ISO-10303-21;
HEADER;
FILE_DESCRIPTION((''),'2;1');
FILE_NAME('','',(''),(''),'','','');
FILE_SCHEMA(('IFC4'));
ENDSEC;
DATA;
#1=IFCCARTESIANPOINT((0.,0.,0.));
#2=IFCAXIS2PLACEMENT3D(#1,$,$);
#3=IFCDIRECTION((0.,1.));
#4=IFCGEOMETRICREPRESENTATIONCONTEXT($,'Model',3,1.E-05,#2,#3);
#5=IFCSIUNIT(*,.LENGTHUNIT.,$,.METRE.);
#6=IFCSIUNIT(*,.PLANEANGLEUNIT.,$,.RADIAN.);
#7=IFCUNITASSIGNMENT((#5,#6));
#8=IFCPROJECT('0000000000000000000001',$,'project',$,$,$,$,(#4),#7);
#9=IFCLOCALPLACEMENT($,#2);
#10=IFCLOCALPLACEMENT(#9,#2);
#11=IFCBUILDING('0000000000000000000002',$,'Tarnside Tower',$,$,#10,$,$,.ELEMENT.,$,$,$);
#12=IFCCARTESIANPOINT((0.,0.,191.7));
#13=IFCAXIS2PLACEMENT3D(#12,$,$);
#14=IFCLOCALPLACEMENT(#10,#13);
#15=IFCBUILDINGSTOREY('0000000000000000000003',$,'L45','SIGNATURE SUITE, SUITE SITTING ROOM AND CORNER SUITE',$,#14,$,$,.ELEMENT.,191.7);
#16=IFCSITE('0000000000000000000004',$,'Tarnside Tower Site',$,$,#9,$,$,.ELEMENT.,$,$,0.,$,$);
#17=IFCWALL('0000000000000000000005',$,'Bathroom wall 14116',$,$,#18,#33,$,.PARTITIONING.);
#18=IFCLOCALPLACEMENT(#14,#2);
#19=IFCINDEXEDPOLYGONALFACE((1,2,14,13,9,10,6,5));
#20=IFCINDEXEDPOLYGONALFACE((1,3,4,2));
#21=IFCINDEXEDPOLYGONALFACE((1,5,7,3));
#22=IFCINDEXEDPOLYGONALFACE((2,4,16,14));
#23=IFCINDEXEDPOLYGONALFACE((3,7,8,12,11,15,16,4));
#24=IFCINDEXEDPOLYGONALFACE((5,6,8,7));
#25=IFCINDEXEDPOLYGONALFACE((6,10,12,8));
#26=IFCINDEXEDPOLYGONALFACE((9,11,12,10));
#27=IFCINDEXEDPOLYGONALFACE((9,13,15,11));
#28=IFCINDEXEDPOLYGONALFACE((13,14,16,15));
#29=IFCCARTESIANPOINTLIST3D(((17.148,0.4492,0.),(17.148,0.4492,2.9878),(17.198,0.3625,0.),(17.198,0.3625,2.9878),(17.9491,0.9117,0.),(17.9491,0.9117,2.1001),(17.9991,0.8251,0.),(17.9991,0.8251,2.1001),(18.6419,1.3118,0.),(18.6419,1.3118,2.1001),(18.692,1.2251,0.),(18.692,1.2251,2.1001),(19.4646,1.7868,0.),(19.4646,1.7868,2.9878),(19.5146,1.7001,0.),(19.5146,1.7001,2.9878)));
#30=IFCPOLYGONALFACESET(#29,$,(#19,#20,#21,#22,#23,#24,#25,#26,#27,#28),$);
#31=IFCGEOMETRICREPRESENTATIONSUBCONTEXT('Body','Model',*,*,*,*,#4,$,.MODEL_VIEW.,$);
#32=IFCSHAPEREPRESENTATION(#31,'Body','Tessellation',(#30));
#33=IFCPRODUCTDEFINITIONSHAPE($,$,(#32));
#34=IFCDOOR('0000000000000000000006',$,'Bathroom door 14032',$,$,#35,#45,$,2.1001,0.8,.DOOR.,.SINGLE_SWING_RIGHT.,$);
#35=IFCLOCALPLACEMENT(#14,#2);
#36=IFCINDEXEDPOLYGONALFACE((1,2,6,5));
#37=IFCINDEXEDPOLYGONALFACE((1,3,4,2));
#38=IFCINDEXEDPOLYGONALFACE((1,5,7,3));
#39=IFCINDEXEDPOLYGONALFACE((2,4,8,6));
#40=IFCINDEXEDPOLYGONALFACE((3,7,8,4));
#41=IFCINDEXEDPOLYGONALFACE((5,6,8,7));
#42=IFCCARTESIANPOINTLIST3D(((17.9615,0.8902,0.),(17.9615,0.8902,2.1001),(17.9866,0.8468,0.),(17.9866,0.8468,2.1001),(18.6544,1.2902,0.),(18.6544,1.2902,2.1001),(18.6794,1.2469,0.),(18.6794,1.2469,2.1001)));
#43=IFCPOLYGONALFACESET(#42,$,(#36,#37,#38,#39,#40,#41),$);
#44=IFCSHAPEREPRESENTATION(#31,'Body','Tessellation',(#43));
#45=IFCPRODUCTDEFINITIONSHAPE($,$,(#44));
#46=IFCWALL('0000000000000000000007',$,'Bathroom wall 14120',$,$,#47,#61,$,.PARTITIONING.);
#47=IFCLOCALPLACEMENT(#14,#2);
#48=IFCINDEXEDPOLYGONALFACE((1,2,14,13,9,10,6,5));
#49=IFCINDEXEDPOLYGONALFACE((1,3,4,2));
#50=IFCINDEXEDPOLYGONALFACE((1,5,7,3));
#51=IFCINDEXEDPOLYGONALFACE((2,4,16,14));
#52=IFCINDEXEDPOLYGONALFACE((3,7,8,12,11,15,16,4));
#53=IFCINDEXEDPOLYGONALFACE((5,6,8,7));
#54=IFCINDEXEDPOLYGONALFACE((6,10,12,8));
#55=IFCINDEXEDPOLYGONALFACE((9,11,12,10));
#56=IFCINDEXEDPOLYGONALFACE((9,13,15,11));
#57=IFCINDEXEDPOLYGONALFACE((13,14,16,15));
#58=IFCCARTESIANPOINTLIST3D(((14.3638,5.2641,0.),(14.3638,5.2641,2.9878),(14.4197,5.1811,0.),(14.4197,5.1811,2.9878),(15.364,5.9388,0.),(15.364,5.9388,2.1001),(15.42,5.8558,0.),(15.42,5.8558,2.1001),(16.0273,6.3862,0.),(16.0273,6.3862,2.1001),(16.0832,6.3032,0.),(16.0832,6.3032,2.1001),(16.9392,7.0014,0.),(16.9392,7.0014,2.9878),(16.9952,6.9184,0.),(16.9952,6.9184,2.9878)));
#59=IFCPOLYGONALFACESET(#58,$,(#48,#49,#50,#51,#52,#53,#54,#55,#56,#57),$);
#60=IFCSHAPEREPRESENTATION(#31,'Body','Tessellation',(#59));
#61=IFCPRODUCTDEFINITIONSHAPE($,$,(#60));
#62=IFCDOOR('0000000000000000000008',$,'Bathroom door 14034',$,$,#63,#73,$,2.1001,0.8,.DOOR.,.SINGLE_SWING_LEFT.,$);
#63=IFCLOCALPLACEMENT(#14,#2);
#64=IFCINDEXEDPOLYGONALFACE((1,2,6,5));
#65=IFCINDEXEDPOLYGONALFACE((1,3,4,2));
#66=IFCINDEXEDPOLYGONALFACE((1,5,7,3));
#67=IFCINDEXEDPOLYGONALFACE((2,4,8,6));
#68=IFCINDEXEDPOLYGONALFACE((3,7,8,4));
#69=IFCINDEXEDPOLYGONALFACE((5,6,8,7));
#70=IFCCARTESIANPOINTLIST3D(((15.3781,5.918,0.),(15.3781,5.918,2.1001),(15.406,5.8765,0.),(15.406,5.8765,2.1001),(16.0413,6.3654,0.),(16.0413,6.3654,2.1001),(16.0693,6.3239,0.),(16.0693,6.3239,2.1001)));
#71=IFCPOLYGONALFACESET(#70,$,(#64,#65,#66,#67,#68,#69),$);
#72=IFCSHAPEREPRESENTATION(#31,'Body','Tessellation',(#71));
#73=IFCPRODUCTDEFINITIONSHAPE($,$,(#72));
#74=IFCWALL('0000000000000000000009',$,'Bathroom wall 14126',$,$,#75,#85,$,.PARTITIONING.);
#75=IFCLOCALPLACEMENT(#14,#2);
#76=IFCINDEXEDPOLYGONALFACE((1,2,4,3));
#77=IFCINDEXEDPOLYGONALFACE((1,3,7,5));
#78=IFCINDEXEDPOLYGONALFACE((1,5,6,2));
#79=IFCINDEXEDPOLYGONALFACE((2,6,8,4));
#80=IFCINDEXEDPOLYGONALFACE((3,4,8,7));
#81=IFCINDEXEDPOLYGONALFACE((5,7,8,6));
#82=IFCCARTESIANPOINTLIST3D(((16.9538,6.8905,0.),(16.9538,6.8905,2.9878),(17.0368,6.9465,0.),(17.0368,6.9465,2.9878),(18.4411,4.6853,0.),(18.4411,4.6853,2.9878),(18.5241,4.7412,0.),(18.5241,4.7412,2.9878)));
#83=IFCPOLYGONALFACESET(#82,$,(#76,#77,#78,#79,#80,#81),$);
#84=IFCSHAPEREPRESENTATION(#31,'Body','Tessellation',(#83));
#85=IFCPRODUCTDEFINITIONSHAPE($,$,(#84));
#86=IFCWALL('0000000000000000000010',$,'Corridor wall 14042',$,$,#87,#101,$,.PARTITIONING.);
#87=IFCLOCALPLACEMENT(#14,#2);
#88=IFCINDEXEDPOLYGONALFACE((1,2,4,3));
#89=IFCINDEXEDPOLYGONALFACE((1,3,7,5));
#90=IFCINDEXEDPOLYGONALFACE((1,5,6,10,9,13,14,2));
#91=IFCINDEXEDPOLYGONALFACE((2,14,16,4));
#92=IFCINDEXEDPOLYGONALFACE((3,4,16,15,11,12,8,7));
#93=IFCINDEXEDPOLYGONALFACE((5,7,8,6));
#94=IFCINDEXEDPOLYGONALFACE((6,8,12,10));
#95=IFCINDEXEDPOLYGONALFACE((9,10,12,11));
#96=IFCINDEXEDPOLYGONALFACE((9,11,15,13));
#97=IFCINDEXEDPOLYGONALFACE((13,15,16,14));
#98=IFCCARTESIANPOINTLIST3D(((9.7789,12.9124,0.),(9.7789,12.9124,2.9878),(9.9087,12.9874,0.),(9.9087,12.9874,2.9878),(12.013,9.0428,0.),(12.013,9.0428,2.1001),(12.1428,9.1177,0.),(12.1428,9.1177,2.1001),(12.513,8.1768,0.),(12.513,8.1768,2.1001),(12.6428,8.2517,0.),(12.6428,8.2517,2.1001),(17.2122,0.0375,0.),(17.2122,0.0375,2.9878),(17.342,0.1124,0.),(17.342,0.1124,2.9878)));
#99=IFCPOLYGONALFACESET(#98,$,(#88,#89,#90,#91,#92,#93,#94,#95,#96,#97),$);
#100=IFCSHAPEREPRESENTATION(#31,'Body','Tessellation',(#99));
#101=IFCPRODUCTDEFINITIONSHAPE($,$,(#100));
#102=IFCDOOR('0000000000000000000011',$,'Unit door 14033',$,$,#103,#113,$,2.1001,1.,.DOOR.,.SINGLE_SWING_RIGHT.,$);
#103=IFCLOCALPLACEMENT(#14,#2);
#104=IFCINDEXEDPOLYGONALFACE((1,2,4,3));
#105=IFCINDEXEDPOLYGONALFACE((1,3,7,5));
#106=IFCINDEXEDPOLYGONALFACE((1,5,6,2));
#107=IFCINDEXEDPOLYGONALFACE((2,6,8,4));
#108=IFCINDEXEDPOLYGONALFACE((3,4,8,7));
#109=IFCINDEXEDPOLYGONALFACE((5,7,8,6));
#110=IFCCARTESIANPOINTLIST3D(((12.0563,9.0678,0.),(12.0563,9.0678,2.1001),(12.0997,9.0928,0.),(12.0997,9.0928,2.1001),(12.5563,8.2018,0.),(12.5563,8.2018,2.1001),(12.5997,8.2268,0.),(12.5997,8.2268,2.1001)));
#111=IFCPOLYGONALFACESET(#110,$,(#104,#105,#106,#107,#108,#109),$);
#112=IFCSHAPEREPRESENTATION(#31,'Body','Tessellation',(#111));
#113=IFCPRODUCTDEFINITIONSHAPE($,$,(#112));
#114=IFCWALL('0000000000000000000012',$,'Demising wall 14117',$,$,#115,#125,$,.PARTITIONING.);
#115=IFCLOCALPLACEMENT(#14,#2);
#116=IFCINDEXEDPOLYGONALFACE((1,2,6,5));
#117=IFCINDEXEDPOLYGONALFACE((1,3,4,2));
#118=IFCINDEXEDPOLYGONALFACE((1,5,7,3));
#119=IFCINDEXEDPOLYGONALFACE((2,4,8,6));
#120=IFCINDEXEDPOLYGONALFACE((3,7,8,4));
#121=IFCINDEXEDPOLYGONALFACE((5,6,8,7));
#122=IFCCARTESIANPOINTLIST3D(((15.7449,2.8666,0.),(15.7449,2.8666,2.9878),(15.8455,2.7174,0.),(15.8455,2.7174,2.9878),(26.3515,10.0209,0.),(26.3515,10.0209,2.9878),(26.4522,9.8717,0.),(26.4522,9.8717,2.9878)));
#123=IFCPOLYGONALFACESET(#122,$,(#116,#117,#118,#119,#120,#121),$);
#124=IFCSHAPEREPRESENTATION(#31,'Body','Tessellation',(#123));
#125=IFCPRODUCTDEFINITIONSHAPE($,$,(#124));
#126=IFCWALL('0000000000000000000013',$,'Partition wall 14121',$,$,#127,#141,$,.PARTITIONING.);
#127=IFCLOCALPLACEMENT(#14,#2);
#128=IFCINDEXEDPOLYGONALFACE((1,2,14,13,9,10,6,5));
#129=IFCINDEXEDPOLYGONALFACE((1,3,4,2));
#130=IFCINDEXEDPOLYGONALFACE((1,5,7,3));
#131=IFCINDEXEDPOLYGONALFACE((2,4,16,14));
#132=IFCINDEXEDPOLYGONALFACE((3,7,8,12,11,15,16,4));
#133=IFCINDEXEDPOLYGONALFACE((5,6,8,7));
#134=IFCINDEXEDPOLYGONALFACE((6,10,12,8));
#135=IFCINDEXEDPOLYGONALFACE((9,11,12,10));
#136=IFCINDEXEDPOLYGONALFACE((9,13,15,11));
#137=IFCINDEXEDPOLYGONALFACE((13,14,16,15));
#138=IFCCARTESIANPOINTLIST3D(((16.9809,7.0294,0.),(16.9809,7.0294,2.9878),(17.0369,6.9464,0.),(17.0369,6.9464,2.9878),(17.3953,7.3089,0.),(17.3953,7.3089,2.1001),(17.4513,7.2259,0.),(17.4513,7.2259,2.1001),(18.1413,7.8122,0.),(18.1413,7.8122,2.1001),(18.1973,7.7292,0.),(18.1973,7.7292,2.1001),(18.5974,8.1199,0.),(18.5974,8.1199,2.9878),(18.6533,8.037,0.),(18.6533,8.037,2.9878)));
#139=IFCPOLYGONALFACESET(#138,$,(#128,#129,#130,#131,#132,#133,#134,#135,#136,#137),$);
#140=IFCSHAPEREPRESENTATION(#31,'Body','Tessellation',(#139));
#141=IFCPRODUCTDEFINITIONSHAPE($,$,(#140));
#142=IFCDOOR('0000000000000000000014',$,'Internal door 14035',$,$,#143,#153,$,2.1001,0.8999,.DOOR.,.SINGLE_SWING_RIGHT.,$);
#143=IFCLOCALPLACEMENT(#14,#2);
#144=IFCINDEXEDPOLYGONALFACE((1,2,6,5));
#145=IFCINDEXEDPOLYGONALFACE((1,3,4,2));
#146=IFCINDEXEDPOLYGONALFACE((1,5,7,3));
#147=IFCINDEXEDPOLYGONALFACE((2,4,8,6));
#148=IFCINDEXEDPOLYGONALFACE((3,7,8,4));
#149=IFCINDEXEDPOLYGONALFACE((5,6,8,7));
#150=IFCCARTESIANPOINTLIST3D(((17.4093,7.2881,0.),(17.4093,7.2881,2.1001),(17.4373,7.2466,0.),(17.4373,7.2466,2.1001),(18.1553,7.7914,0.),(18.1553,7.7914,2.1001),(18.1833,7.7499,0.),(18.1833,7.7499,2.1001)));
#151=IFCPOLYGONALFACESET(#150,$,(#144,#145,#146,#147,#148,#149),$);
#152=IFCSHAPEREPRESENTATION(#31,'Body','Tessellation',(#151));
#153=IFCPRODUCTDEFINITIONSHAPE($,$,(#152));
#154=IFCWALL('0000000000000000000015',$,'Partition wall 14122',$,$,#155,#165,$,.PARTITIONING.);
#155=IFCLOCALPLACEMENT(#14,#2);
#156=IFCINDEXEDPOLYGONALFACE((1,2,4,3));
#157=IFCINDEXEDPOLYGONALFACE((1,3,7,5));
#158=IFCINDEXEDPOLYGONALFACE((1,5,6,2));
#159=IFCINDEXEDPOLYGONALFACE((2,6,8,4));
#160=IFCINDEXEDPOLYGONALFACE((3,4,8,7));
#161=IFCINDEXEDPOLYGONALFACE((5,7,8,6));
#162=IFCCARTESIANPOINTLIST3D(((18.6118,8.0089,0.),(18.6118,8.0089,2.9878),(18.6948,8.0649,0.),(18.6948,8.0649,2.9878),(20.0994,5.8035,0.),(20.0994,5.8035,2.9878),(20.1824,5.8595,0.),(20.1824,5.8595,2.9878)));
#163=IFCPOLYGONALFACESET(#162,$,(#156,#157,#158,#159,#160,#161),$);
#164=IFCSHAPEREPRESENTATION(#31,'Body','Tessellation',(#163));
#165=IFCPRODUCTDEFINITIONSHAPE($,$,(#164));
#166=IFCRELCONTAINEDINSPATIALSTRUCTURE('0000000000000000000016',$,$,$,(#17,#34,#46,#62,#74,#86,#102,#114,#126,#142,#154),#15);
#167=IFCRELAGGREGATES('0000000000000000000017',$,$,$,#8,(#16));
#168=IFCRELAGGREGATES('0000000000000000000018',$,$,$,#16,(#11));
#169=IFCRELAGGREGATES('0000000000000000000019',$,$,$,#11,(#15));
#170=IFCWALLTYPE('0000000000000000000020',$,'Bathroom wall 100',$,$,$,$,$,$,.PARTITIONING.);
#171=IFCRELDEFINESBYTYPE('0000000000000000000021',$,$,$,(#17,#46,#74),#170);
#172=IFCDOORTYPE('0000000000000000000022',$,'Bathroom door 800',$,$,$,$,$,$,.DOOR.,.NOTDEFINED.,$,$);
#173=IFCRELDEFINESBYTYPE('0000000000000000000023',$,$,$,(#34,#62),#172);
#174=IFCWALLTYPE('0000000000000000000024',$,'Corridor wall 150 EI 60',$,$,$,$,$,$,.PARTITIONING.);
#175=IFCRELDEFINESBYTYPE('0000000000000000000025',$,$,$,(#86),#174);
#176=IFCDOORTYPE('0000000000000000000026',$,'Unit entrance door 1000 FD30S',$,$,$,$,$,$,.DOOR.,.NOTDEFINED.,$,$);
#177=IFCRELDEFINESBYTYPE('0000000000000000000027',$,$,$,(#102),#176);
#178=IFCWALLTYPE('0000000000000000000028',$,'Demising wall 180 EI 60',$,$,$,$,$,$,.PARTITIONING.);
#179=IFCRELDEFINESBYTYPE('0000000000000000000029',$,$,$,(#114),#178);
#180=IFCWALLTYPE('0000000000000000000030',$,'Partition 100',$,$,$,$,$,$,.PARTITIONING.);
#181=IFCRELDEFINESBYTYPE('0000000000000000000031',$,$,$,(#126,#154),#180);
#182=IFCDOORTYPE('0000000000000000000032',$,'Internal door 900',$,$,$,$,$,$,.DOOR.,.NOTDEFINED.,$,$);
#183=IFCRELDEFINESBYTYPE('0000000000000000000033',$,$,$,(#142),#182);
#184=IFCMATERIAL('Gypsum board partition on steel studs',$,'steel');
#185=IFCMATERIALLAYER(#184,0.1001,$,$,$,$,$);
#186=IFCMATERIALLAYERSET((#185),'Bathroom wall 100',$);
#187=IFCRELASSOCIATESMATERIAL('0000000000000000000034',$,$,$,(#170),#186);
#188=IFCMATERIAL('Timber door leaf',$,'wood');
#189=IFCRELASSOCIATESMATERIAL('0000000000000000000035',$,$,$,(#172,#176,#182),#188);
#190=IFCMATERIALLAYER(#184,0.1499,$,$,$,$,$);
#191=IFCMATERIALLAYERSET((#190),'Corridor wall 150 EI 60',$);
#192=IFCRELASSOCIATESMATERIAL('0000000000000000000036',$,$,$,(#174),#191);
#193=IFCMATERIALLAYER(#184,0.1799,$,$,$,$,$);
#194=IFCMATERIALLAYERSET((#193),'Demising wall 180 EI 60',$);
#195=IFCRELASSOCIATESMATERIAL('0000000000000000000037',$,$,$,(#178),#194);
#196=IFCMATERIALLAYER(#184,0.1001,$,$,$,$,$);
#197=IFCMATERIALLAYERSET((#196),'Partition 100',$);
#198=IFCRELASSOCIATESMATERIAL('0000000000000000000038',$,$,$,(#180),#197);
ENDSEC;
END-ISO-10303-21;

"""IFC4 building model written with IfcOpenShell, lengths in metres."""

from ifc_helpers import new_model, si_unit, direction, frame, frame_2d, origin, place, context, subcontext, project, spatial, rectangle, extrude, material, layer, layer_set, type_object, element, fill, save


model = new_model("IFC4")

# Units and contexts
model_context = context("Model", 3, precision=1e-05, world=origin(), true_north=direction((0.0, 1.0)))
body_context = subcontext(model_context, "Body", "Model", "MODEL_VIEW")
ifc_project = project(units=[si_unit("LENGTHUNIT", "METRE"), si_unit("PLANEANGLEUNIT", "RADIAN")], contexts=[model_context])

# Site, building, storey
site_placement = place(None, origin())
site = spatial("IfcSite", under=ifc_project, at=site_placement, Name="Tarnside Tower Site", CompositionType="ELEMENT", RefElevation=0.0)
building_placement = place(site_placement, origin())
building = spatial("IfcBuilding", under=site, at=building_placement, Name="Tarnside Tower", CompositionType="ELEMENT")
storey_placement = place(building_placement, frame((0.0, 0.0, 191.7)))
storey = spatial("IfcBuildingStorey", under=building, at=storey_placement, Name="L45", Description="SIGNATURE SUITE, SUITE SITTING ROOM AND CORNER SUITE", CompositionType="ELEMENT", Elevation=191.7)

# Shared definitions
ifc_material_1 = material(Name="Gypsum board partition on steel studs", Category="steel")
ifc_layer_1 = layer(ifc_material_1, 0.1001)
ifc_layer_set_1 = layer_set([ifc_layer_1], Name="Bathroom wall 100")
wall_type_1 = type_object("IfcWallType", Name="Bathroom wall 100", PredefinedType="PARTITIONING", material=ifc_layer_set_1)

# Walls, openings, doors
wall_1_placement = place(storey_placement, frame((19.4895, 1.7434, 0.0), z_axis=(0.0, 0.0, 1.0), x_axis=(-0.866005, -0.500036, 0.0)))
wall_1 = element("IfcWall", 1, at=wall_1_placement, inside=storey, type_object=wall_type_1, Name="Bathroom wall 14116", PredefinedType="PARTITIONING", context=body_context, shape_type="SweptSolid", body=[
    extrude(rectangle(XDim=2.675, YDim=0.1001, at=frame_2d((1.3374, 0.0))), origin(), (0.0, 0.0, 1.0), 2.9878),
])
opening_1_placement = place(wall_1_placement, frame((0.95, 0.0, 0.0)))
opening_1 = element("IfcOpeningElement", 2, at=opening_1_placement, cuts=wall_1, PredefinedType="OPENING", context=body_context, shape_type="SweptSolid", body=[
    extrude(rectangle(XDim=0.8, YDim=2.1001, at=frame_2d((0.3999, 1.05))), frame((0.0, 0.0601, 0.0), z_axis=(0.0, -1.0, 0.0), x_axis=(1.0, 0.0, 0.0)), (0.0, 0.0, 1.0), 0.1201),
])
ifc_material_2 = material(Name="Timber door leaf", Category="wood")
door_type_1 = type_object("IfcDoorType", Name="Bathroom door 800", OperationType="NOTDEFINED", PredefinedType="DOOR", material=ifc_material_2)
door_1_placement = place(opening_1_placement, origin())
door_1 = element("IfcDoor", 3, at=door_1_placement, inside=storey, type_object=door_type_1, Name="Bathroom door 14032", OperationType="SINGLE_SWING_RIGHT", OverallHeight=2.1001, OverallWidth=0.8, PredefinedType="DOOR", context=body_context, shape_type="SweptSolid", body=[
    extrude(rectangle(XDim=0.8, YDim=2.1001, at=frame_2d((0.3999, 1.05))), frame((0.0, 0.0249, 0.0), z_axis=(0.0, -1.0, 0.0), x_axis=(1.0, 0.0, 0.0)), (0.0, 0.0, 1.0), 0.05),
])
fill(opening_1, door_1)
wall_2_placement = place(storey_placement, frame((14.3918, 5.2227, 0.0), z_axis=(0.0, 0.0, 1.0), x_axis=(0.829015, 0.559226, 0.0)))
wall_2 = element("IfcWall", 4, at=wall_2_placement, inside=storey, type_object=wall_type_1, Name="Bathroom wall 14120", PredefinedType="PARTITIONING", context=body_context, shape_type="SweptSolid", body=[
    extrude(rectangle(XDim=3.1067, YDim=0.1001, at=frame_2d((1.5532, 0.0))), origin(), (0.0, 0.0, 1.0), 2.9878),
])
opening_2_placement = place(wall_2_placement, frame((1.2065, 0.0, 0.0)))
opening_2 = element("IfcOpeningElement", 5, at=opening_2_placement, cuts=wall_2, PredefinedType="OPENING", context=body_context, shape_type="SweptSolid", body=[
    extrude(rectangle(XDim=0.8, YDim=2.1001, at=frame_2d((0.3999, 1.05))), frame((0.0, 0.0601, 0.0), z_axis=(0.0, -1.0, 0.0), x_axis=(1.0, 0.0, 0.0)), (0.0, 0.0, 1.0), 0.1201),
])
door_2_placement = place(opening_2_placement, origin())
door_2 = element("IfcDoor", 6, at=door_2_placement, inside=storey, type_object=door_type_1, Name="Bathroom door 14034", OperationType="SINGLE_SWING_LEFT", OverallHeight=2.1001, OverallWidth=0.8, PredefinedType="DOOR", context=body_context, shape_type="SweptSolid", body=[
    extrude(rectangle(XDim=0.8, YDim=2.1001, at=frame_2d((0.3999, 1.05))), frame((0.0, 0.0249, 0.0), z_axis=(0.0, -1.0, 0.0), x_axis=(1.0, 0.0, 0.0)), (0.0, 0.0, 1.0), 0.05),
])
fill(opening_2, door_2)

# Wall
wall_3_placement = place(storey_placement, frame((18.4827, 4.7131, 0.0), z_axis=(0.0, 0.0, 1.0), x_axis=(-0.55914, 0.829073, 0.0)))
element("IfcWall", 7, at=wall_3_placement, inside=storey, type_object=wall_type_1, Name="Bathroom wall 14126", PredefinedType="PARTITIONING", context=body_context, shape_type="SweptSolid", body=[
    extrude(rectangle(XDim=2.6599, YDim=0.1001, at=frame_2d((1.3301, 0.0))), origin(), (0.0, 0.0, 1.0), 2.9878),
])

# Wall, opening, door
ifc_layer_2 = layer(ifc_material_1, 0.1499)
ifc_layer_set_2 = layer_set([ifc_layer_2], Name="Corridor wall 150 EI 60")
wall_type_2 = type_object("IfcWallType", Name="Corridor wall 150 EI 60", PredefinedType="PARTITIONING", material=ifc_layer_set_2)
wall_4_placement = place(storey_placement, frame((17.2771, 0.075, 0.0), z_axis=(0.0, 0.0, 1.0), x_axis=(-0.499998, 0.866026, 0.0)))
wall_4 = element("IfcWall", 8, at=wall_4_placement, inside=storey, type_object=wall_type_2, Name="Corridor wall 14042", PredefinedType="PARTITIONING", context=body_context, shape_type="SweptSolid", body=[
    extrude(rectangle(XDim=14.8667, YDim=0.1499, at=frame_2d((7.4333, 0.0))), origin(), (0.0, 0.0, 1.0), 2.9878),
])
opening_3_placement = place(wall_4_placement, frame((9.3984, 0.0, 0.0)))
opening_3 = element("IfcOpeningElement", 9, at=opening_3_placement, cuts=wall_4, PredefinedType="OPENING", context=body_context, shape_type="SweptSolid", body=[
    extrude(rectangle(XDim=1.0, YDim=2.1001, at=frame_2d((0.5, 1.05))), frame((0.0, 0.085, 0.0), z_axis=(0.0, -1.0, 0.0), x_axis=(1.0, 0.0, 0.0)), (0.0, 0.0, 1.0), 0.1699),
])
door_type_2 = type_object("IfcDoorType", Name="Unit entrance door 1000 FD30S", OperationType="NOTDEFINED", PredefinedType="DOOR", material=ifc_material_2)
door_3_placement = place(opening_3_placement, origin())
door_3 = element("IfcDoor", 10, at=door_3_placement, inside=storey, type_object=door_type_2, Name="Unit door 14033", OperationType="SINGLE_SWING_RIGHT", OverallHeight=2.1001, OverallWidth=1.0, PredefinedType="DOOR", context=body_context, shape_type="SweptSolid", body=[
    extrude(rectangle(XDim=1.0, YDim=2.1001, at=frame_2d((0.5, 1.05))), frame((0.0, 0.0249, 0.0), z_axis=(0.0, -1.0, 0.0), x_axis=(1.0, 0.0, 0.0)), (0.0, 0.0, 1.0), 0.05),
])
fill(opening_3, door_3)

# Wall
ifc_layer_3 = layer(ifc_material_1, 0.1799)
ifc_layer_set_3 = layer_set([ifc_layer_3], Name="Demising wall 180 EI 60")
wall_type_3 = type_object("IfcWallType", Name="Demising wall 180 EI 60", PredefinedType="PARTITIONING", material=ifc_layer_set_3)
wall_5_placement = place(storey_placement, frame((26.4019, 9.9463, 0.0), z_axis=(0.0, 0.0, 1.0), x_axis=(-0.829038, -0.559193, 0.0)))
element("IfcWall", 11, at=wall_5_placement, inside=storey, type_object=wall_type_3, Name="Demising wall 14117", PredefinedType="PARTITIONING", context=body_context, shape_type="SweptSolid", body=[
    extrude(rectangle(XDim=12.7939, YDim=0.1799, at=frame_2d((6.397, 0.0))), origin(), (0.0, 0.0, 1.0), 2.9878),
])

# Wall, opening, door
ifc_layer_4 = layer(ifc_material_1, 0.1001)
ifc_layer_set_4 = layer_set([ifc_layer_4], Name="Partition 100")
wall_type_4 = type_object("IfcWallType", Name="Partition 100", PredefinedType="PARTITIONING", material=ifc_layer_set_4)
wall_6_placement = place(storey_placement, frame((17.0088, 6.9878, 0.0), z_axis=(0.0, 0.0, 1.0), x_axis=(0.828975, 0.559286, 0.0)))
wall_6 = element("IfcWall", 12, at=wall_6_placement, inside=storey, type_object=wall_type_4, Name="Partition wall 14121", PredefinedType="PARTITIONING", context=body_context, shape_type="SweptSolid", body=[
    extrude(rectangle(XDim=1.95, YDim=0.1001, at=frame_2d((0.9751, 0.0))), origin(), (0.0, 0.0, 1.0), 2.9878),
])
opening_4_placement = place(wall_6_placement, frame((0.5, 0.0, 0.0)))
opening_4 = element("IfcOpeningElement", 13, at=opening_4_placement, cuts=wall_6, PredefinedType="OPENING", context=body_context, shape_type="SweptSolid", body=[
    extrude(rectangle(XDim=0.8999, YDim=2.1001, at=frame_2d((0.45, 1.05))), frame((0.0, 0.0601, 0.0), z_axis=(0.0, -1.0, 0.0), x_axis=(1.0, 0.0, 0.0)), (0.0, 0.0, 1.0), 0.1201),
])
door_type_3 = type_object("IfcDoorType", Name="Internal door 900", OperationType="NOTDEFINED", PredefinedType="DOOR", material=ifc_material_2)
door_4_placement = place(opening_4_placement, origin())
door_4 = element("IfcDoor", 14, at=door_4_placement, inside=storey, type_object=door_type_3, Name="Internal door 14035", OperationType="SINGLE_SWING_RIGHT", OverallHeight=2.1001, OverallWidth=0.8999, PredefinedType="DOOR", context=body_context, shape_type="SweptSolid", body=[
    extrude(rectangle(XDim=0.8999, YDim=2.1001, at=frame_2d((0.45, 1.05))), frame((0.0, 0.0249, 0.0), z_axis=(0.0, -1.0, 0.0), x_axis=(1.0, 0.0, 0.0)), (0.0, 0.0, 1.0), 0.05),
])
fill(opening_4, door_4)

# Wall
wall_7_placement = place(storey_placement, frame((18.6533, 8.0369, 0.0), z_axis=(0.0, 0.0, 1.0), x_axis=(0.559203, -0.829031, 0.0)))
element("IfcWall", 15, at=wall_7_placement, inside=storey, type_object=wall_type_4, Name="Partition wall 14122", PredefinedType="PARTITIONING", context=body_context, shape_type="SweptSolid", body=[
    extrude(rectangle(XDim=2.6602, YDim=0.1001, at=frame_2d((1.3301, 0.0))), origin(), (0.0, 0.0, 1.0), 2.9878),
])

save(model, "model.ifc")
